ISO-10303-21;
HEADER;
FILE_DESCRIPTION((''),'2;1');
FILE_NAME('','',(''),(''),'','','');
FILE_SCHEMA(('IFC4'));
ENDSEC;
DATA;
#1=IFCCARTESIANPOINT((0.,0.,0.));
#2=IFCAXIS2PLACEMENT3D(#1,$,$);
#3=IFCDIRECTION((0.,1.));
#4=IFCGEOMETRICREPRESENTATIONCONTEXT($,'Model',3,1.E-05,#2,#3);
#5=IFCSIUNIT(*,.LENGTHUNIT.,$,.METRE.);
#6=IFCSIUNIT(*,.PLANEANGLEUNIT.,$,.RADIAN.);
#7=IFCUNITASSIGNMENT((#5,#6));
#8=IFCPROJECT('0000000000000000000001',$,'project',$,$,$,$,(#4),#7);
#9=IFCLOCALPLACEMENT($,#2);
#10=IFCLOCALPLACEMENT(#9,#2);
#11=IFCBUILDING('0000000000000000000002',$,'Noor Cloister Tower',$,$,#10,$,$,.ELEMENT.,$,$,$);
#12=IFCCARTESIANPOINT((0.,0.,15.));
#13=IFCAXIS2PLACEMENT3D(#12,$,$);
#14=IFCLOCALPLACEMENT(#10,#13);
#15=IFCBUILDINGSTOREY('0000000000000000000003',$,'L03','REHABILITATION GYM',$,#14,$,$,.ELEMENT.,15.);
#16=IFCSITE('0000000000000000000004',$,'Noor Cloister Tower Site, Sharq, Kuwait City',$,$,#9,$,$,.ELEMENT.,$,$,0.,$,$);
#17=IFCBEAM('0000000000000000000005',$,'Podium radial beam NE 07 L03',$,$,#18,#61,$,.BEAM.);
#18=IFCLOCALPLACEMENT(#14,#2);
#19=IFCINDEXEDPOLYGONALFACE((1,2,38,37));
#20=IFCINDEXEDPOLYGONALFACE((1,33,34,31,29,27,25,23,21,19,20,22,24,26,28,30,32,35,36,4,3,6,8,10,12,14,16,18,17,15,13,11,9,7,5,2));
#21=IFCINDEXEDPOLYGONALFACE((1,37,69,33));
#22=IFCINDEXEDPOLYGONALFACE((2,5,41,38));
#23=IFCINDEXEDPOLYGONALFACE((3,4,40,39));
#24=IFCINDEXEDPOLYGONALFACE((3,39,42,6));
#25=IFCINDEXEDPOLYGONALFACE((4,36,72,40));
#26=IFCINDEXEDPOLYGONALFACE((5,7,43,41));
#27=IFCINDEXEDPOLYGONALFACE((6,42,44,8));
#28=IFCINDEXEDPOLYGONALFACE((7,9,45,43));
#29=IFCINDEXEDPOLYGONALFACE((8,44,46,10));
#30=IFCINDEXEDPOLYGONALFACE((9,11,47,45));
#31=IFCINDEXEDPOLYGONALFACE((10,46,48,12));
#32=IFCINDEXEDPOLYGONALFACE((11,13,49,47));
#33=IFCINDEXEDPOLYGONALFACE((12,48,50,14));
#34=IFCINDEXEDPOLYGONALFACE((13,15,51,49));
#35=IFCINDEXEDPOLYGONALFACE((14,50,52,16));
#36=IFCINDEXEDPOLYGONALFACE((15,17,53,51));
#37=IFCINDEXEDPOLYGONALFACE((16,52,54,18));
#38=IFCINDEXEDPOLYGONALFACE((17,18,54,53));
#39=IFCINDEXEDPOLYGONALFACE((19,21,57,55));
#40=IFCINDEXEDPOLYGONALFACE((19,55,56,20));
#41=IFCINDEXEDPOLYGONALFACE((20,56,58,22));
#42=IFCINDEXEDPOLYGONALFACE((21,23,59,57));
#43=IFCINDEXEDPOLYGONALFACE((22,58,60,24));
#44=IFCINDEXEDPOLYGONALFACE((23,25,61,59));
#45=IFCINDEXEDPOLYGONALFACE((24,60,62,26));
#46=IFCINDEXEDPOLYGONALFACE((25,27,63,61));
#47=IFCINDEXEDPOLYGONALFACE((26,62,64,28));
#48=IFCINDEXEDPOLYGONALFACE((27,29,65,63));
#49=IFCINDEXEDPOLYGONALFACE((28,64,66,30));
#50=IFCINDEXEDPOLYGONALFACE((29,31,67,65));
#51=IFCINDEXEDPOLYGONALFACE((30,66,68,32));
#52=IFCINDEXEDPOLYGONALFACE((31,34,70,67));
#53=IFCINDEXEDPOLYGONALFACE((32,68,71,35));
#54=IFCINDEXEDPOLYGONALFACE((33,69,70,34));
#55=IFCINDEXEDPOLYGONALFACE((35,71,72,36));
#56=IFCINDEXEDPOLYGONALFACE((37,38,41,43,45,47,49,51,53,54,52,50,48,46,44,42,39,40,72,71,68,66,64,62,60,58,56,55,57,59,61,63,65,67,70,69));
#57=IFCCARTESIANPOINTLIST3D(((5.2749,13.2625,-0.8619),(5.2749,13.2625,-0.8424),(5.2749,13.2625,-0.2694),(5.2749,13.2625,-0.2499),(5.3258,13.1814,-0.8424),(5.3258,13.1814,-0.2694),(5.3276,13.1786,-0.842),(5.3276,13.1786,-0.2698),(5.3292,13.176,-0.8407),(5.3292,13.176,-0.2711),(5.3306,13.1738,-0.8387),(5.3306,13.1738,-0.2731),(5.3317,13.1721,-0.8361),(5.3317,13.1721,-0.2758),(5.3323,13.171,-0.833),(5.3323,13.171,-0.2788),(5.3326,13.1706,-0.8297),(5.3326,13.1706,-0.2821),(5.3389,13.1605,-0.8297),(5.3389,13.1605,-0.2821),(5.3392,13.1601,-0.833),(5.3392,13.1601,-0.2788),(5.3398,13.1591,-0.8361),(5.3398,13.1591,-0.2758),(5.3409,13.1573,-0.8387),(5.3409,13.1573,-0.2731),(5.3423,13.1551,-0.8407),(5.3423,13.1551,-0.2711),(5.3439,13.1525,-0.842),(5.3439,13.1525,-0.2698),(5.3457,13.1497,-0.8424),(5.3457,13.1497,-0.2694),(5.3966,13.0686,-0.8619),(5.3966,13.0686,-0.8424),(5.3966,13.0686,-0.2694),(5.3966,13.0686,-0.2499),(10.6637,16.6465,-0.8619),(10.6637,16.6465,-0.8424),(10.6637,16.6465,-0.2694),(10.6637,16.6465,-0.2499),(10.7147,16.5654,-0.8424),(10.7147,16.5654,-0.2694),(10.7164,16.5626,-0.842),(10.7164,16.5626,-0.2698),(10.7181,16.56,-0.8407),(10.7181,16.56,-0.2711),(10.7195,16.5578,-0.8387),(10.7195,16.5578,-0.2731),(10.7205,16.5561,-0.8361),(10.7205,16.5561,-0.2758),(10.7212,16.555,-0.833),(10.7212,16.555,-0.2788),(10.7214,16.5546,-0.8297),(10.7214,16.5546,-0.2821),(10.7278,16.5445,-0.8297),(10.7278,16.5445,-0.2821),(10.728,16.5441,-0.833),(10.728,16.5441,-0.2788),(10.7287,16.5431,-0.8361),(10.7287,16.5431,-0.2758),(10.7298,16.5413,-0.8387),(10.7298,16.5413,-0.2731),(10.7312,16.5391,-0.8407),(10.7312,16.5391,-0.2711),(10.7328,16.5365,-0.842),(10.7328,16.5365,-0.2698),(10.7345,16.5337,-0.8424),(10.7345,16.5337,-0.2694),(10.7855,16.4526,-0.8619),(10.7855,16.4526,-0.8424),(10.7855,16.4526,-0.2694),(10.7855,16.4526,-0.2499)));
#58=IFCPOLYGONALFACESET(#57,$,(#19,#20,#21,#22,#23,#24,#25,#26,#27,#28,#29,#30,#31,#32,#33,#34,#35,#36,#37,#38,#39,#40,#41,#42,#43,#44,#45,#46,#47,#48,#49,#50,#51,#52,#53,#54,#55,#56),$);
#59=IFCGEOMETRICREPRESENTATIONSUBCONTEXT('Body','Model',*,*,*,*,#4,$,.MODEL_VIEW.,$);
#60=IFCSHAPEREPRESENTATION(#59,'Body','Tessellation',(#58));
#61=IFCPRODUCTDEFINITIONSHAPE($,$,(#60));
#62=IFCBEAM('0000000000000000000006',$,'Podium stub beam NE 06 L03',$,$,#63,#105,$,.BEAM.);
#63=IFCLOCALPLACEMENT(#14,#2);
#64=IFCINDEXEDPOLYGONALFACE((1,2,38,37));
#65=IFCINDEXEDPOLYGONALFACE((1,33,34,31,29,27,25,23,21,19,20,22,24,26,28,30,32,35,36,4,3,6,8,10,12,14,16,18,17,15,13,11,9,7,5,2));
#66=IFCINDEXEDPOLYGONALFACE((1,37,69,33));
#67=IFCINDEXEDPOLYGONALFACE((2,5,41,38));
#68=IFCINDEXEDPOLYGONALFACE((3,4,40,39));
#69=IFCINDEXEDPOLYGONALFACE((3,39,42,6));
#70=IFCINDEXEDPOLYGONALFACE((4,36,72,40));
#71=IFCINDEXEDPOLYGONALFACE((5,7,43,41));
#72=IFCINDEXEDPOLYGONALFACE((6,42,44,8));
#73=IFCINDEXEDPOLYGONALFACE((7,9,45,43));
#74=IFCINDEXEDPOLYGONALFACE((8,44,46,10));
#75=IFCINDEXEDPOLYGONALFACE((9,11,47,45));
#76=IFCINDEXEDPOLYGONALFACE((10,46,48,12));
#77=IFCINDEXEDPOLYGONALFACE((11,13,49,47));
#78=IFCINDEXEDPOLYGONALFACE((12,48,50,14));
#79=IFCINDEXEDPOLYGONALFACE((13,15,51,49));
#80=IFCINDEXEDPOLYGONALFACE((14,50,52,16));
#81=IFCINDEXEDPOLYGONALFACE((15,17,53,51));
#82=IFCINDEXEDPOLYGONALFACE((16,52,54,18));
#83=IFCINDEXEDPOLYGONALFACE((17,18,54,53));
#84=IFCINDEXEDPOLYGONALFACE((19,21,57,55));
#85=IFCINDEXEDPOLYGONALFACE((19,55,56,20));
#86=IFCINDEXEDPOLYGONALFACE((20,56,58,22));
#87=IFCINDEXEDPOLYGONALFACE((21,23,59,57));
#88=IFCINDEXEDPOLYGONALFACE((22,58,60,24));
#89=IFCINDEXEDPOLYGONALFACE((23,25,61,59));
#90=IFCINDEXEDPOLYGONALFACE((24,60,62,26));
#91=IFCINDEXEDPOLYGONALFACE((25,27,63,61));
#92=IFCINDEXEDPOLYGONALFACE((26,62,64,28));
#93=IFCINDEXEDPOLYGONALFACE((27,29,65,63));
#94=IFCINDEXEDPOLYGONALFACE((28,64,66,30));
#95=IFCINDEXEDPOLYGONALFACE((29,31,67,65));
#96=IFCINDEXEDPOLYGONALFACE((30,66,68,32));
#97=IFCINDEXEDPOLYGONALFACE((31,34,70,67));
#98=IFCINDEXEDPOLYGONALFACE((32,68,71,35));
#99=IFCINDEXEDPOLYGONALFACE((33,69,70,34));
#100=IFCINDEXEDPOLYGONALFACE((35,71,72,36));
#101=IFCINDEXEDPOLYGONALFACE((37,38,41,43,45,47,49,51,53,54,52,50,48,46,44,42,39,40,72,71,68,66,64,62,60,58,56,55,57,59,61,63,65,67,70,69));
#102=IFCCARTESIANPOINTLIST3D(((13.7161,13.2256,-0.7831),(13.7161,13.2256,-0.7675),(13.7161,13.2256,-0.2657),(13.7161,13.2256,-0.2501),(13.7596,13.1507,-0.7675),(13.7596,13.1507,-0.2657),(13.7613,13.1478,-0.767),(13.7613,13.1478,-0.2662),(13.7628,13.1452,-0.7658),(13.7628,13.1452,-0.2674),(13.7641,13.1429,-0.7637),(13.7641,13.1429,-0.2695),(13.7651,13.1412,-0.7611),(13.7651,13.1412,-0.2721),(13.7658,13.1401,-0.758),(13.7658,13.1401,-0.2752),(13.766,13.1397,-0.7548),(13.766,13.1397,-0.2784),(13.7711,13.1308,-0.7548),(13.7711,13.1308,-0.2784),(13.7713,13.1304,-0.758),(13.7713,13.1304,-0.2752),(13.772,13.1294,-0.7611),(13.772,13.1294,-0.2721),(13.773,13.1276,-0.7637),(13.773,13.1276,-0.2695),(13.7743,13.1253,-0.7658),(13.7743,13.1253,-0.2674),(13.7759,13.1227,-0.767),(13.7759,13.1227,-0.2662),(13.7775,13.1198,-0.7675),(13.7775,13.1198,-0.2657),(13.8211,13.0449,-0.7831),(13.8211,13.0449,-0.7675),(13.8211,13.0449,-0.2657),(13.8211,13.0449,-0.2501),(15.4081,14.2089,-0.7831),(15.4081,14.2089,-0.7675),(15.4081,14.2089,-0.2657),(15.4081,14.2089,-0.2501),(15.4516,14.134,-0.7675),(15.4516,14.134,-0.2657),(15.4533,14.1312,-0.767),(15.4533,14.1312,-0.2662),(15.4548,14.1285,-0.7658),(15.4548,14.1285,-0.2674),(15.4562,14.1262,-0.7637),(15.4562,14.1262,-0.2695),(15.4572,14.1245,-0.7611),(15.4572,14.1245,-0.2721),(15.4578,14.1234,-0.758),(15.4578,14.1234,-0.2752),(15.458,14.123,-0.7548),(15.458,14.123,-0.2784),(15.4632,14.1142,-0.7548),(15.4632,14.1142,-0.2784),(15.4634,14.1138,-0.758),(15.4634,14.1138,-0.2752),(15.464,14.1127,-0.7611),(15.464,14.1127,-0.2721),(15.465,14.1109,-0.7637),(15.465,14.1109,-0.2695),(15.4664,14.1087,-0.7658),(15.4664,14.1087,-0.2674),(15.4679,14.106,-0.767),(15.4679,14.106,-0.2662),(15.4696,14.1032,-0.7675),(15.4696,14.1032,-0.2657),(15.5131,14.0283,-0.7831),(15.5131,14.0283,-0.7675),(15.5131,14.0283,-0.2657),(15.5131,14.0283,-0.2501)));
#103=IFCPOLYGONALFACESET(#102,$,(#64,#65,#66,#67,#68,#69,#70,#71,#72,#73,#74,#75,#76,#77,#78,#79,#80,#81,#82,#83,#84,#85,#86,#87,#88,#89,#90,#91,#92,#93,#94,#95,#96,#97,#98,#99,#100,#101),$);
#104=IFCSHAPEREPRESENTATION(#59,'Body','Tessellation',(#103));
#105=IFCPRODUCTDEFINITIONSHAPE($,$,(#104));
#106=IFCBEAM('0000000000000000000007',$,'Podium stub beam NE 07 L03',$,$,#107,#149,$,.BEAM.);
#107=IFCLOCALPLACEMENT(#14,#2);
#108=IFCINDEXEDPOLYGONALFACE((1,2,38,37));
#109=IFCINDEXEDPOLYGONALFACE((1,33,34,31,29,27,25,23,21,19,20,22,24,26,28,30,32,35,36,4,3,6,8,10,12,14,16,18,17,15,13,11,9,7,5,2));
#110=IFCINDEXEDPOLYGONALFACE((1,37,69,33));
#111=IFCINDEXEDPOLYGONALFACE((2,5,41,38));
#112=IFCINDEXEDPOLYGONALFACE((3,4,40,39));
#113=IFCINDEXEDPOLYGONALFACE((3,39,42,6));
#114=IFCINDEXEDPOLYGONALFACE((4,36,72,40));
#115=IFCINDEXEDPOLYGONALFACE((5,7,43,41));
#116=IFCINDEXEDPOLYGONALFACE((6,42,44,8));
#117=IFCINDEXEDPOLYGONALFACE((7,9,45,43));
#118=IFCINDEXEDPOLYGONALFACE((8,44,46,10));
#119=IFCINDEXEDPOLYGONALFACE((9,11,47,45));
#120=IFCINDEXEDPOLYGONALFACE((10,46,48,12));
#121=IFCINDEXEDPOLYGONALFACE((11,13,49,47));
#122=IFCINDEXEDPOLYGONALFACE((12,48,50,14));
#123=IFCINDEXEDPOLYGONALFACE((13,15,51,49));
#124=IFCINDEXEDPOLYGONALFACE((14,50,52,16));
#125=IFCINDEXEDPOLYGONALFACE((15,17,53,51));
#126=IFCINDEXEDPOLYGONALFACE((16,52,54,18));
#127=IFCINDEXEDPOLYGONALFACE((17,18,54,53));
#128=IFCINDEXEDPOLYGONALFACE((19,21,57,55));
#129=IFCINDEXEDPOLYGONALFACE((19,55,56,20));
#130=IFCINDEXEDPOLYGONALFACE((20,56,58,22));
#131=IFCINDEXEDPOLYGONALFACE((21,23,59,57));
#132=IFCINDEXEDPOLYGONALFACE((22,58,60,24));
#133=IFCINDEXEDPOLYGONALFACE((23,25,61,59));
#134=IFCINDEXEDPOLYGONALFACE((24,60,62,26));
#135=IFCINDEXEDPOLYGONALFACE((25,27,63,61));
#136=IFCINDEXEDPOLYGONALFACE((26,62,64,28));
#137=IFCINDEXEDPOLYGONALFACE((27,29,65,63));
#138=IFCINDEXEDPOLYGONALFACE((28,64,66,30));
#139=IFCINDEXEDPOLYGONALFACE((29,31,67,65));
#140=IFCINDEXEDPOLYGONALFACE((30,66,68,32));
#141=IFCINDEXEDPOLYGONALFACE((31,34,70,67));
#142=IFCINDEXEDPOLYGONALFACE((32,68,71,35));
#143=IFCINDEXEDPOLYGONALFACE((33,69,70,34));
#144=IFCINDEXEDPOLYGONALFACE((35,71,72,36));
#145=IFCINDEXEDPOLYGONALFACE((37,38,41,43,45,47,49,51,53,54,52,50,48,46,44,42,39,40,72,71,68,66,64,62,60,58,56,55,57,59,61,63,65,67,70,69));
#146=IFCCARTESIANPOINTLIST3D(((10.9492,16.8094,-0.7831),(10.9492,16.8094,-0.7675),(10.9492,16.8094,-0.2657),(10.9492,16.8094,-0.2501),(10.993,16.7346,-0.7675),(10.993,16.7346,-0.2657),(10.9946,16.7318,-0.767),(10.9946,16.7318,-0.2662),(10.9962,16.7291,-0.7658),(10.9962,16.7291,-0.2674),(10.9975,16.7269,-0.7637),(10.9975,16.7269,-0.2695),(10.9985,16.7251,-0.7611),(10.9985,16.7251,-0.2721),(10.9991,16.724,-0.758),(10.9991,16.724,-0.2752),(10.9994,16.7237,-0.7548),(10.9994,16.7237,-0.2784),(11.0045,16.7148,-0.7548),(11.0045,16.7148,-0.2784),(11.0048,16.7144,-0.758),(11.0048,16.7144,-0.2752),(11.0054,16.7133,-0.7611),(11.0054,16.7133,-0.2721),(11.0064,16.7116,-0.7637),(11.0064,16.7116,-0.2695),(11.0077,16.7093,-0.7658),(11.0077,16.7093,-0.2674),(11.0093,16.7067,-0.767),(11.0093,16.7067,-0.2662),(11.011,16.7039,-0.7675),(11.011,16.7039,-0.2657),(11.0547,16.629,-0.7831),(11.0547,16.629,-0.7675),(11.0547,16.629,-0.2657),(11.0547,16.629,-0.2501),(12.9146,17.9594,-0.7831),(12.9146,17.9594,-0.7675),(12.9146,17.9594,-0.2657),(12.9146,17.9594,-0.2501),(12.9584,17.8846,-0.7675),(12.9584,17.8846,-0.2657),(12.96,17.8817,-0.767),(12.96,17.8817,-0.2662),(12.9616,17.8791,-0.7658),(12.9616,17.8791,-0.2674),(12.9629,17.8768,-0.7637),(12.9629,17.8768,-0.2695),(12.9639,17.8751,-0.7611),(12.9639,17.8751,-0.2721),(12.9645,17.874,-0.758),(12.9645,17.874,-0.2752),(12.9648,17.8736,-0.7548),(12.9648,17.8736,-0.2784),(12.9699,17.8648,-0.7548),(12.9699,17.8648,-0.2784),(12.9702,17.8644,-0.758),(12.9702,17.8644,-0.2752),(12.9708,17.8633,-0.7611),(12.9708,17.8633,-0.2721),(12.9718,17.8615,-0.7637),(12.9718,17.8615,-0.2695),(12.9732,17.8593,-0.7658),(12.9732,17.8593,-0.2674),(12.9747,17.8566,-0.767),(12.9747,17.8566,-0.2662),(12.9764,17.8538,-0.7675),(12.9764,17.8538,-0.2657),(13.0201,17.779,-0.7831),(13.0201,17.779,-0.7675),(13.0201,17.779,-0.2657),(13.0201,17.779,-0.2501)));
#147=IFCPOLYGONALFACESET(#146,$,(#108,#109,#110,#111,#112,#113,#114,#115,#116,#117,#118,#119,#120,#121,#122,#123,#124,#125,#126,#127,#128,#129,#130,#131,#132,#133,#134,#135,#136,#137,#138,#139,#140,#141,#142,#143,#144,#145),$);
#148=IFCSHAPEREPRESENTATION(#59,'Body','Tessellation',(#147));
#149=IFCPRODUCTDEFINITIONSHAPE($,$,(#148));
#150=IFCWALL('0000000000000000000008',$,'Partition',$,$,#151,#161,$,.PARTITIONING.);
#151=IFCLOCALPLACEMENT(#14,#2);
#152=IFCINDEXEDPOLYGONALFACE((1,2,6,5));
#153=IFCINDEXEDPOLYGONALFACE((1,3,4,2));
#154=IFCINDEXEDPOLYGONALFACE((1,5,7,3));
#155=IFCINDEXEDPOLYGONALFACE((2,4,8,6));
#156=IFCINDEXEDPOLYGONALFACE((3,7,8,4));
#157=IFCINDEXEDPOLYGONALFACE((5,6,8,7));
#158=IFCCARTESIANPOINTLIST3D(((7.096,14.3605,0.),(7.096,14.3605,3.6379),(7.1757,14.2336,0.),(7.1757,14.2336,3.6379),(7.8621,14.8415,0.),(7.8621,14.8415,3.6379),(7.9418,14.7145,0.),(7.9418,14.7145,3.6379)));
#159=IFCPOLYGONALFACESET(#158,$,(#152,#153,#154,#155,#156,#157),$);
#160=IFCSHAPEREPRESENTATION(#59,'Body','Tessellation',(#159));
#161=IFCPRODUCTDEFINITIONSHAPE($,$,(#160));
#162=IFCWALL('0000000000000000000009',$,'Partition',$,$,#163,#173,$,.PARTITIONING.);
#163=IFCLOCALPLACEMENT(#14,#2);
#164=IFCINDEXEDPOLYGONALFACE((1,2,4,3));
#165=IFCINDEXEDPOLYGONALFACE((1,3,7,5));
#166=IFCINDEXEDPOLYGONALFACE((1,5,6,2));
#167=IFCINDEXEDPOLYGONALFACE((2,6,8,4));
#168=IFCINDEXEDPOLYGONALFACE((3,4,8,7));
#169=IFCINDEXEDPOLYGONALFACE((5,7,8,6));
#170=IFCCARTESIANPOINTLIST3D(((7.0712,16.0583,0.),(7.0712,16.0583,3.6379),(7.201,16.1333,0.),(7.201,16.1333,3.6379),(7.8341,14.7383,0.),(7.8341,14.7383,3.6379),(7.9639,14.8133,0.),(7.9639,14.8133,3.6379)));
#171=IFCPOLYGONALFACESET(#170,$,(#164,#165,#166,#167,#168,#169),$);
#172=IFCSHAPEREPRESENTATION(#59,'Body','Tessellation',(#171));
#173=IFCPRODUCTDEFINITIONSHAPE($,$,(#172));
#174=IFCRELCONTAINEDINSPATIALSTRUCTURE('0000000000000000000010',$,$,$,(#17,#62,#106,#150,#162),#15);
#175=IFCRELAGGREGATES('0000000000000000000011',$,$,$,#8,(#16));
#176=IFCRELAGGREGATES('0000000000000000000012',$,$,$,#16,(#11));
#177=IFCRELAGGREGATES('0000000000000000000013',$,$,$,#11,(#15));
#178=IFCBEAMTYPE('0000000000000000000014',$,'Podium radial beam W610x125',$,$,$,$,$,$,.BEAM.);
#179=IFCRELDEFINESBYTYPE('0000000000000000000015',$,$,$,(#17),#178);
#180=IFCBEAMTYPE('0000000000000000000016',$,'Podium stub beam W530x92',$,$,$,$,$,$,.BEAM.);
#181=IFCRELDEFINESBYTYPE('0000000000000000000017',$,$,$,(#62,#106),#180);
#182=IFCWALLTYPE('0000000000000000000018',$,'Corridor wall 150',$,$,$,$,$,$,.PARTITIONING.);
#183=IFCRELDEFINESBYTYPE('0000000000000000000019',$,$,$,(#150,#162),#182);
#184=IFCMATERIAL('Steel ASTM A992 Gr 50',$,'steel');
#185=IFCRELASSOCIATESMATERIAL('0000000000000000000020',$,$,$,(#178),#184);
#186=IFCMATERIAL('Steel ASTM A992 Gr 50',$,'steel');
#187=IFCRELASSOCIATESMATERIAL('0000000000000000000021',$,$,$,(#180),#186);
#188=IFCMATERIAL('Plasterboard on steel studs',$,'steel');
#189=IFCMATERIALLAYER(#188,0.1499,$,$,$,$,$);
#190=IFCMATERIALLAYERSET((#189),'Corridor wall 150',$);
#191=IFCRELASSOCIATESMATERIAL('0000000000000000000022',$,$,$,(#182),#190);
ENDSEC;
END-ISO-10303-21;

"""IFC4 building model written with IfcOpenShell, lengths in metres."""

from ifc_helpers import new_model, si_unit, direction, frame, frame_2d, origin, origin_2d, place, context, subcontext, project, spatial, rectangle, i_section, extrude, material, layer, layer_set, material_profile, profile_set, type_object, element, save


model = new_model("IFC4")

# Units and contexts
model_context = context("Model", 3, precision=1e-05, world=origin(), true_north=direction((0.0, 1.0)))
body_context = subcontext(model_context, "Body", "Model", "MODEL_VIEW")
ifc_project = project(units=[si_unit("LENGTHUNIT", "METRE"), si_unit("PLANEANGLEUNIT", "RADIAN")], contexts=[model_context])

# Site, building, storey
site_placement = place(None, origin())
site = spatial("IfcSite", under=ifc_project, at=site_placement, Name="Noor Cloister Tower Site, Sharq, Kuwait City", CompositionType="ELEMENT", RefElevation=0.0)
building_placement = place(site_placement, origin())
building = spatial("IfcBuilding", under=site, at=building_placement, Name="Noor Cloister Tower", CompositionType="ELEMENT")
storey_placement = place(building_placement, frame((0.0, 0.0, 15.0)))
storey = spatial("IfcBuildingStorey", under=building, at=storey_placement, Name="L03", Description="REHABILITATION GYM", CompositionType="ELEMENT", Elevation=15.0)

# Beams
ifc_material_1 = material(Name="Steel ASTM A992 Gr 50", Category="steel")
ifc_material_profile_1 = material_profile(ifc_material_1, i_section(OverallWidth=0.229, OverallDepth=0.6121, WebThickness=0.012, FlangeThickness=0.0195, FilletRadius=0.0127, at=origin_2d()), Name="W610x125")
ifc_profile_set_1 = profile_set([ifc_material_profile_1], Name="Steel ASTM A992 Gr 50")
beam_type_1 = type_object("IfcBeamType", Name="Podium radial beam W610x125", PredefinedType="BEAM", material=ifc_profile_set_1)
beam_1_placement = place(storey_placement, frame((10.7246, 16.5496, -0.5559), z_axis=(-0.846869, -0.531801, 0.0), x_axis=(0.531801, -0.846869, 0.0)))
element("IfcBeam", 1, at=beam_1_placement, inside=storey, type_object=beam_type_1, Name="Podium radial beam NE 07 L03", PredefinedType="BEAM", context=body_context, shape_type="SweptSolid", body=[
    extrude(i_section(OverallWidth=0.229, OverallDepth=0.6121, WebThickness=0.012, FlangeThickness=0.0195, FilletRadius=0.0127, at=origin_2d()), origin(), (0.0, 0.0, 1.0), 6.3633),
])
ifc_material_2 = material(Name="Steel ASTM A992 Gr 50", Category="steel")
ifc_material_profile_2 = material_profile(ifc_material_2, i_section(OverallWidth=0.209, OverallDepth=0.533, WebThickness=0.0103, FlangeThickness=0.0156, FilletRadius=0.0127, at=origin_2d()), Name="W530x92")
ifc_profile_set_2 = profile_set([ifc_material_profile_2], Name="Steel ASTM A992 Gr 50")
beam_type_2 = type_object("IfcBeamType", Name="Podium stub beam W530x92", PredefinedType="BEAM", material=ifc_profile_set_2)
beam_2_placement = place(storey_placement, frame((13.7686, 13.1353, -0.5166), z_axis=(0.864597, 0.502467, 0.0), x_axis=(-0.502467, 0.864597, 0.0)))
element("IfcBeam", 2, at=beam_2_placement, inside=storey, type_object=beam_type_2, Name="Podium stub beam NE 06 L03", PredefinedType="BEAM", context=body_context, shape_type="SweptSolid", body=[
    extrude(i_section(OverallWidth=0.209, OverallDepth=0.533, WebThickness=0.0103, FlangeThickness=0.0156, FilletRadius=0.0127, at=origin_2d()), origin(), (0.0, 0.0, 1.0), 1.957),
])
beam_3_placement = place(storey_placement, frame((11.002, 16.7192, -0.5166), z_axis=(0.863117, 0.505004, 0.0), x_axis=(-0.505004, 0.863117, 0.0)))
element("IfcBeam", 3, at=beam_3_placement, inside=storey, type_object=beam_type_2, Name="Podium stub beam NE 07 L03", PredefinedType="BEAM", context=body_context, shape_type="SweptSolid", body=[
    extrude(i_section(OverallWidth=0.209, OverallDepth=0.533, WebThickness=0.0103, FlangeThickness=0.0156, FilletRadius=0.0127, at=origin_2d()), origin(), (0.0, 0.0, 1.0), 2.2771),
])

# Walls
ifc_material_3 = material(Name="Plasterboard on steel studs", Category="steel")
ifc_layer_1 = layer(ifc_material_3, 0.1499)
ifc_layer_set_1 = layer_set([ifc_layer_1], Name="Corridor wall 150")
wall_type_1 = type_object("IfcWallType", Name="Corridor wall 150", PredefinedType="PARTITIONING", material=ifc_layer_set_1)
wall_1_placement = place(storey_placement, frame((7.136, 14.2971, 0.0), z_axis=(0.0, 0.0, 1.0), x_axis=(0.846935, 0.531696, 0.0)))
element("IfcWall", 4, at=wall_1_placement, inside=storey, type_object=wall_type_1, Name="Partition", PredefinedType="PARTITIONING", context=body_context, shape_type="SweptSolid", body=[
    extrude(rectangle(XDim=0.9045, YDim=0.1499, at=frame_2d((0.4521, 0.0))), origin(), (0.0, 0.0, 1.0), 3.6379),
])
wall_2_placement = place(storey_placement, frame((7.8989, 14.7759, 0.0), z_axis=(0.0, 0.0, 1.0), x_axis=(-0.500392, 0.865799, 0.0)))
element("IfcWall", 5, at=wall_2_placement, inside=storey, type_object=wall_type_1, Name="Partition", PredefinedType="PARTITIONING", context=body_context, shape_type="SweptSolid", body=[
    extrude(rectangle(XDim=1.5247, YDim=0.1499, at=frame_2d((0.7622, 0.0))), origin(), (0.0, 0.0, 1.0), 3.6379),
])

save(model, "model.ifc")
